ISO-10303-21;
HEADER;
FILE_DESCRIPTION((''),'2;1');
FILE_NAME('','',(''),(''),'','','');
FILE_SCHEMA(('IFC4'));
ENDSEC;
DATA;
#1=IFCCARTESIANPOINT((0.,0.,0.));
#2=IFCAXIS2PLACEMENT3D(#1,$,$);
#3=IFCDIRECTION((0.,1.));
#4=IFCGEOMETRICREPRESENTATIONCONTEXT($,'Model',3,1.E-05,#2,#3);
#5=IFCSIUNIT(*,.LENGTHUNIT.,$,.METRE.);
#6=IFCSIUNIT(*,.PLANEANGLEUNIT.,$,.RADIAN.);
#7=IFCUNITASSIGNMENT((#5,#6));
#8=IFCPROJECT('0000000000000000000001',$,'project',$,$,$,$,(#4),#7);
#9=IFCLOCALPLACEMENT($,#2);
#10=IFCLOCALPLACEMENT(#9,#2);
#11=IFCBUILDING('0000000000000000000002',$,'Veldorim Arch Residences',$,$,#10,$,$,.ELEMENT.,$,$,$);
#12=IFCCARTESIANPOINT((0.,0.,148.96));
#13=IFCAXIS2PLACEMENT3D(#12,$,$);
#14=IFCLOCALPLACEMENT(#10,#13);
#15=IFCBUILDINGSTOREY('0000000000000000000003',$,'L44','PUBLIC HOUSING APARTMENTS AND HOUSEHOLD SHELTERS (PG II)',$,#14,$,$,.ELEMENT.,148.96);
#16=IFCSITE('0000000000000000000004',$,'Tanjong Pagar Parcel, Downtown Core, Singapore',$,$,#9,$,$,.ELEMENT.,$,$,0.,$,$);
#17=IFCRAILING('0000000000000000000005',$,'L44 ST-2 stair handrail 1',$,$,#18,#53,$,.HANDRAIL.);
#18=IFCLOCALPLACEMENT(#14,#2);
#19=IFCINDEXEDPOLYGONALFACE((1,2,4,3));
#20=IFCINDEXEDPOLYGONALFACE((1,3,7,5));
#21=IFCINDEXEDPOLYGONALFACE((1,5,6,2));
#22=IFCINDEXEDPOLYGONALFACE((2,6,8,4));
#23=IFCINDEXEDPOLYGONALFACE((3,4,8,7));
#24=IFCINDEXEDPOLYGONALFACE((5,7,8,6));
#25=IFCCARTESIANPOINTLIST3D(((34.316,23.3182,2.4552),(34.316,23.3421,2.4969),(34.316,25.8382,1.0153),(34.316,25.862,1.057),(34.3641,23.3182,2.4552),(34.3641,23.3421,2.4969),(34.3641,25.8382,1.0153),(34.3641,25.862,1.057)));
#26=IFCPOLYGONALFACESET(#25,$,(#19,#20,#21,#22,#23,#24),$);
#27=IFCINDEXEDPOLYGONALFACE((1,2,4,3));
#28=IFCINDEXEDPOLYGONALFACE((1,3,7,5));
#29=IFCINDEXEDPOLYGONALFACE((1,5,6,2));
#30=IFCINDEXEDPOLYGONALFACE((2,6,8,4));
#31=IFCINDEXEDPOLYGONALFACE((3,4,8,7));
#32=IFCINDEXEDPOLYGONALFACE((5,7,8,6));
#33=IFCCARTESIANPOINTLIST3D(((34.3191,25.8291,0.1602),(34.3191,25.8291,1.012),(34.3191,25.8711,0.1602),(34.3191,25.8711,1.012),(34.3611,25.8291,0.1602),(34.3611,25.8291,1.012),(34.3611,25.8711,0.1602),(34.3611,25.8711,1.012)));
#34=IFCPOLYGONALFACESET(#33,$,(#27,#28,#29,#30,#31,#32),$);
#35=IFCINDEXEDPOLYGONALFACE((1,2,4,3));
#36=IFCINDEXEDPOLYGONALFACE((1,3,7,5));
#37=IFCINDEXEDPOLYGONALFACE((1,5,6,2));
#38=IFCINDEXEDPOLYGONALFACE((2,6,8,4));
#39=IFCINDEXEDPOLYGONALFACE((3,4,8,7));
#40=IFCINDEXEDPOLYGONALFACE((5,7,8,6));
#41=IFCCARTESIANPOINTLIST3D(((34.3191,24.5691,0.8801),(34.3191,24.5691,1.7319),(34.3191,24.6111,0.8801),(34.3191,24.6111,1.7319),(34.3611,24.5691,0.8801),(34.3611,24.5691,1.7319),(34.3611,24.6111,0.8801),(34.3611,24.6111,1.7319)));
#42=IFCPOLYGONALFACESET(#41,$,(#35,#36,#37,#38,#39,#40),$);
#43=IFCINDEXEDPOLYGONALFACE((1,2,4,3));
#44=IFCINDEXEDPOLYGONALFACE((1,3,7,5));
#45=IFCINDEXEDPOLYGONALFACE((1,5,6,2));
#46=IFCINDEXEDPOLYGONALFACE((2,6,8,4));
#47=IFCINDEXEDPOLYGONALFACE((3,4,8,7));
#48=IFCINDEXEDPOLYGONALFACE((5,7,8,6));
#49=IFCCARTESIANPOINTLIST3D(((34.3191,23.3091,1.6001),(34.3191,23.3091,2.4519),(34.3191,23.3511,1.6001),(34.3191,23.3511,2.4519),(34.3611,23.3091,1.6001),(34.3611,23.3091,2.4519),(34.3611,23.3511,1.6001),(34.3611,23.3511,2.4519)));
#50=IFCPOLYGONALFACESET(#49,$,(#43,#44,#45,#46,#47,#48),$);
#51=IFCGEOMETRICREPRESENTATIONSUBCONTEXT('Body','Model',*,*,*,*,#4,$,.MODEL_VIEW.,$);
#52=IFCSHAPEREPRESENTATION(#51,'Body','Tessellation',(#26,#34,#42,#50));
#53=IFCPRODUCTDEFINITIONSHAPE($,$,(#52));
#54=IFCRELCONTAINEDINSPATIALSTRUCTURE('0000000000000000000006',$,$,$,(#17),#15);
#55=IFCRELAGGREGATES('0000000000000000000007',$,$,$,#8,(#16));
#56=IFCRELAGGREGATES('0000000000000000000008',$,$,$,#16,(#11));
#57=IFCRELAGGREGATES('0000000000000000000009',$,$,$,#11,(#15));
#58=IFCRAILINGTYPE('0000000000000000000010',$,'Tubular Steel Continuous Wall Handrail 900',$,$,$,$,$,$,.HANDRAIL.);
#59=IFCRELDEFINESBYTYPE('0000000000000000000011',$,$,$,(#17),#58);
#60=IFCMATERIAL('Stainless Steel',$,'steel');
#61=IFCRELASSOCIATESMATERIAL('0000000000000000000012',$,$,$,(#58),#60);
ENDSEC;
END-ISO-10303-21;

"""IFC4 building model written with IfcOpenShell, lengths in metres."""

from ifc_helpers import new_model, si_unit, direction, frame, origin, origin_2d, place, context, subcontext, project, spatial, rectangle, extrude, material, type_object, element, save


model = new_model("IFC4")

# Units and contexts
model_context = context("Model", 3, precision=1e-05, world=origin(), true_north=direction((0.0, 1.0)))
body_context = subcontext(model_context, "Body", "Model", "MODEL_VIEW")
ifc_project = project(units=[si_unit("LENGTHUNIT", "METRE"), si_unit("PLANEANGLEUNIT", "RADIAN")], contexts=[model_context])

# Site, building, storey
site_placement = place(None, origin())
site = spatial("IfcSite", under=ifc_project, at=site_placement, Name="Tanjong Pagar Parcel, Downtown Core, Singapore", CompositionType="ELEMENT", RefElevation=0.0)
building_placement = place(site_placement, origin())
building = spatial("IfcBuilding", under=site, at=building_placement, Name="Veldorim Arch Residences", CompositionType="ELEMENT")
storey_placement = place(building_placement, frame((0.0, 0.0, 148.96)))
storey = spatial("IfcBuildingStorey", under=building, at=storey_placement, Name="L44", Description="PUBLIC HOUSING APARTMENTS AND HOUSEHOLD SHELTERS (PG II)", CompositionType="ELEMENT", Elevation=148.96)

# Railing
ifc_material_1 = material(Name="Stainless Steel", Category="steel")
railing_type_1 = type_object("IfcRailingType", Name="Tubular Steel Continuous Wall Handrail 900", PredefinedType="HANDRAIL", material=ifc_material_1)
railing_1_placement = place(storey_placement, frame((34.3401, 25.8501, 0.1602)))
element("IfcRailing", 1, at=railing_1_placement, inside=storey, type_object=railing_type_1, Name="L44 ST-2 stair handrail 1", PredefinedType="HANDRAIL", context=body_context, shape_type="SweptSolid", body=[
    extrude(rectangle(XDim=0.0481, YDim=0.0481, at=origin_2d()), frame((0.0, 0.0, 0.876), z_axis=(0.0, -0.868253, 0.496121), x_axis=(1.0, 0.0, 0.0)), (0.0, 0.0, 1.0), 2.9023),
    extrude(rectangle(XDim=0.042, YDim=0.042, at=origin_2d()), origin(), (0.0, 0.0, 1.0), 0.8518),
    extrude(rectangle(XDim=0.042, YDim=0.042, at=origin_2d()), frame((0.0, -1.26, 0.72)), (0.0, 0.0, 1.0), 0.8518),
    extrude(rectangle(XDim=0.042, YDim=0.042, at=origin_2d()), frame((0.0, -2.52, 1.4399)), (0.0, 0.0, 1.0), 0.8518),
])

save(model, "model.ifc")
